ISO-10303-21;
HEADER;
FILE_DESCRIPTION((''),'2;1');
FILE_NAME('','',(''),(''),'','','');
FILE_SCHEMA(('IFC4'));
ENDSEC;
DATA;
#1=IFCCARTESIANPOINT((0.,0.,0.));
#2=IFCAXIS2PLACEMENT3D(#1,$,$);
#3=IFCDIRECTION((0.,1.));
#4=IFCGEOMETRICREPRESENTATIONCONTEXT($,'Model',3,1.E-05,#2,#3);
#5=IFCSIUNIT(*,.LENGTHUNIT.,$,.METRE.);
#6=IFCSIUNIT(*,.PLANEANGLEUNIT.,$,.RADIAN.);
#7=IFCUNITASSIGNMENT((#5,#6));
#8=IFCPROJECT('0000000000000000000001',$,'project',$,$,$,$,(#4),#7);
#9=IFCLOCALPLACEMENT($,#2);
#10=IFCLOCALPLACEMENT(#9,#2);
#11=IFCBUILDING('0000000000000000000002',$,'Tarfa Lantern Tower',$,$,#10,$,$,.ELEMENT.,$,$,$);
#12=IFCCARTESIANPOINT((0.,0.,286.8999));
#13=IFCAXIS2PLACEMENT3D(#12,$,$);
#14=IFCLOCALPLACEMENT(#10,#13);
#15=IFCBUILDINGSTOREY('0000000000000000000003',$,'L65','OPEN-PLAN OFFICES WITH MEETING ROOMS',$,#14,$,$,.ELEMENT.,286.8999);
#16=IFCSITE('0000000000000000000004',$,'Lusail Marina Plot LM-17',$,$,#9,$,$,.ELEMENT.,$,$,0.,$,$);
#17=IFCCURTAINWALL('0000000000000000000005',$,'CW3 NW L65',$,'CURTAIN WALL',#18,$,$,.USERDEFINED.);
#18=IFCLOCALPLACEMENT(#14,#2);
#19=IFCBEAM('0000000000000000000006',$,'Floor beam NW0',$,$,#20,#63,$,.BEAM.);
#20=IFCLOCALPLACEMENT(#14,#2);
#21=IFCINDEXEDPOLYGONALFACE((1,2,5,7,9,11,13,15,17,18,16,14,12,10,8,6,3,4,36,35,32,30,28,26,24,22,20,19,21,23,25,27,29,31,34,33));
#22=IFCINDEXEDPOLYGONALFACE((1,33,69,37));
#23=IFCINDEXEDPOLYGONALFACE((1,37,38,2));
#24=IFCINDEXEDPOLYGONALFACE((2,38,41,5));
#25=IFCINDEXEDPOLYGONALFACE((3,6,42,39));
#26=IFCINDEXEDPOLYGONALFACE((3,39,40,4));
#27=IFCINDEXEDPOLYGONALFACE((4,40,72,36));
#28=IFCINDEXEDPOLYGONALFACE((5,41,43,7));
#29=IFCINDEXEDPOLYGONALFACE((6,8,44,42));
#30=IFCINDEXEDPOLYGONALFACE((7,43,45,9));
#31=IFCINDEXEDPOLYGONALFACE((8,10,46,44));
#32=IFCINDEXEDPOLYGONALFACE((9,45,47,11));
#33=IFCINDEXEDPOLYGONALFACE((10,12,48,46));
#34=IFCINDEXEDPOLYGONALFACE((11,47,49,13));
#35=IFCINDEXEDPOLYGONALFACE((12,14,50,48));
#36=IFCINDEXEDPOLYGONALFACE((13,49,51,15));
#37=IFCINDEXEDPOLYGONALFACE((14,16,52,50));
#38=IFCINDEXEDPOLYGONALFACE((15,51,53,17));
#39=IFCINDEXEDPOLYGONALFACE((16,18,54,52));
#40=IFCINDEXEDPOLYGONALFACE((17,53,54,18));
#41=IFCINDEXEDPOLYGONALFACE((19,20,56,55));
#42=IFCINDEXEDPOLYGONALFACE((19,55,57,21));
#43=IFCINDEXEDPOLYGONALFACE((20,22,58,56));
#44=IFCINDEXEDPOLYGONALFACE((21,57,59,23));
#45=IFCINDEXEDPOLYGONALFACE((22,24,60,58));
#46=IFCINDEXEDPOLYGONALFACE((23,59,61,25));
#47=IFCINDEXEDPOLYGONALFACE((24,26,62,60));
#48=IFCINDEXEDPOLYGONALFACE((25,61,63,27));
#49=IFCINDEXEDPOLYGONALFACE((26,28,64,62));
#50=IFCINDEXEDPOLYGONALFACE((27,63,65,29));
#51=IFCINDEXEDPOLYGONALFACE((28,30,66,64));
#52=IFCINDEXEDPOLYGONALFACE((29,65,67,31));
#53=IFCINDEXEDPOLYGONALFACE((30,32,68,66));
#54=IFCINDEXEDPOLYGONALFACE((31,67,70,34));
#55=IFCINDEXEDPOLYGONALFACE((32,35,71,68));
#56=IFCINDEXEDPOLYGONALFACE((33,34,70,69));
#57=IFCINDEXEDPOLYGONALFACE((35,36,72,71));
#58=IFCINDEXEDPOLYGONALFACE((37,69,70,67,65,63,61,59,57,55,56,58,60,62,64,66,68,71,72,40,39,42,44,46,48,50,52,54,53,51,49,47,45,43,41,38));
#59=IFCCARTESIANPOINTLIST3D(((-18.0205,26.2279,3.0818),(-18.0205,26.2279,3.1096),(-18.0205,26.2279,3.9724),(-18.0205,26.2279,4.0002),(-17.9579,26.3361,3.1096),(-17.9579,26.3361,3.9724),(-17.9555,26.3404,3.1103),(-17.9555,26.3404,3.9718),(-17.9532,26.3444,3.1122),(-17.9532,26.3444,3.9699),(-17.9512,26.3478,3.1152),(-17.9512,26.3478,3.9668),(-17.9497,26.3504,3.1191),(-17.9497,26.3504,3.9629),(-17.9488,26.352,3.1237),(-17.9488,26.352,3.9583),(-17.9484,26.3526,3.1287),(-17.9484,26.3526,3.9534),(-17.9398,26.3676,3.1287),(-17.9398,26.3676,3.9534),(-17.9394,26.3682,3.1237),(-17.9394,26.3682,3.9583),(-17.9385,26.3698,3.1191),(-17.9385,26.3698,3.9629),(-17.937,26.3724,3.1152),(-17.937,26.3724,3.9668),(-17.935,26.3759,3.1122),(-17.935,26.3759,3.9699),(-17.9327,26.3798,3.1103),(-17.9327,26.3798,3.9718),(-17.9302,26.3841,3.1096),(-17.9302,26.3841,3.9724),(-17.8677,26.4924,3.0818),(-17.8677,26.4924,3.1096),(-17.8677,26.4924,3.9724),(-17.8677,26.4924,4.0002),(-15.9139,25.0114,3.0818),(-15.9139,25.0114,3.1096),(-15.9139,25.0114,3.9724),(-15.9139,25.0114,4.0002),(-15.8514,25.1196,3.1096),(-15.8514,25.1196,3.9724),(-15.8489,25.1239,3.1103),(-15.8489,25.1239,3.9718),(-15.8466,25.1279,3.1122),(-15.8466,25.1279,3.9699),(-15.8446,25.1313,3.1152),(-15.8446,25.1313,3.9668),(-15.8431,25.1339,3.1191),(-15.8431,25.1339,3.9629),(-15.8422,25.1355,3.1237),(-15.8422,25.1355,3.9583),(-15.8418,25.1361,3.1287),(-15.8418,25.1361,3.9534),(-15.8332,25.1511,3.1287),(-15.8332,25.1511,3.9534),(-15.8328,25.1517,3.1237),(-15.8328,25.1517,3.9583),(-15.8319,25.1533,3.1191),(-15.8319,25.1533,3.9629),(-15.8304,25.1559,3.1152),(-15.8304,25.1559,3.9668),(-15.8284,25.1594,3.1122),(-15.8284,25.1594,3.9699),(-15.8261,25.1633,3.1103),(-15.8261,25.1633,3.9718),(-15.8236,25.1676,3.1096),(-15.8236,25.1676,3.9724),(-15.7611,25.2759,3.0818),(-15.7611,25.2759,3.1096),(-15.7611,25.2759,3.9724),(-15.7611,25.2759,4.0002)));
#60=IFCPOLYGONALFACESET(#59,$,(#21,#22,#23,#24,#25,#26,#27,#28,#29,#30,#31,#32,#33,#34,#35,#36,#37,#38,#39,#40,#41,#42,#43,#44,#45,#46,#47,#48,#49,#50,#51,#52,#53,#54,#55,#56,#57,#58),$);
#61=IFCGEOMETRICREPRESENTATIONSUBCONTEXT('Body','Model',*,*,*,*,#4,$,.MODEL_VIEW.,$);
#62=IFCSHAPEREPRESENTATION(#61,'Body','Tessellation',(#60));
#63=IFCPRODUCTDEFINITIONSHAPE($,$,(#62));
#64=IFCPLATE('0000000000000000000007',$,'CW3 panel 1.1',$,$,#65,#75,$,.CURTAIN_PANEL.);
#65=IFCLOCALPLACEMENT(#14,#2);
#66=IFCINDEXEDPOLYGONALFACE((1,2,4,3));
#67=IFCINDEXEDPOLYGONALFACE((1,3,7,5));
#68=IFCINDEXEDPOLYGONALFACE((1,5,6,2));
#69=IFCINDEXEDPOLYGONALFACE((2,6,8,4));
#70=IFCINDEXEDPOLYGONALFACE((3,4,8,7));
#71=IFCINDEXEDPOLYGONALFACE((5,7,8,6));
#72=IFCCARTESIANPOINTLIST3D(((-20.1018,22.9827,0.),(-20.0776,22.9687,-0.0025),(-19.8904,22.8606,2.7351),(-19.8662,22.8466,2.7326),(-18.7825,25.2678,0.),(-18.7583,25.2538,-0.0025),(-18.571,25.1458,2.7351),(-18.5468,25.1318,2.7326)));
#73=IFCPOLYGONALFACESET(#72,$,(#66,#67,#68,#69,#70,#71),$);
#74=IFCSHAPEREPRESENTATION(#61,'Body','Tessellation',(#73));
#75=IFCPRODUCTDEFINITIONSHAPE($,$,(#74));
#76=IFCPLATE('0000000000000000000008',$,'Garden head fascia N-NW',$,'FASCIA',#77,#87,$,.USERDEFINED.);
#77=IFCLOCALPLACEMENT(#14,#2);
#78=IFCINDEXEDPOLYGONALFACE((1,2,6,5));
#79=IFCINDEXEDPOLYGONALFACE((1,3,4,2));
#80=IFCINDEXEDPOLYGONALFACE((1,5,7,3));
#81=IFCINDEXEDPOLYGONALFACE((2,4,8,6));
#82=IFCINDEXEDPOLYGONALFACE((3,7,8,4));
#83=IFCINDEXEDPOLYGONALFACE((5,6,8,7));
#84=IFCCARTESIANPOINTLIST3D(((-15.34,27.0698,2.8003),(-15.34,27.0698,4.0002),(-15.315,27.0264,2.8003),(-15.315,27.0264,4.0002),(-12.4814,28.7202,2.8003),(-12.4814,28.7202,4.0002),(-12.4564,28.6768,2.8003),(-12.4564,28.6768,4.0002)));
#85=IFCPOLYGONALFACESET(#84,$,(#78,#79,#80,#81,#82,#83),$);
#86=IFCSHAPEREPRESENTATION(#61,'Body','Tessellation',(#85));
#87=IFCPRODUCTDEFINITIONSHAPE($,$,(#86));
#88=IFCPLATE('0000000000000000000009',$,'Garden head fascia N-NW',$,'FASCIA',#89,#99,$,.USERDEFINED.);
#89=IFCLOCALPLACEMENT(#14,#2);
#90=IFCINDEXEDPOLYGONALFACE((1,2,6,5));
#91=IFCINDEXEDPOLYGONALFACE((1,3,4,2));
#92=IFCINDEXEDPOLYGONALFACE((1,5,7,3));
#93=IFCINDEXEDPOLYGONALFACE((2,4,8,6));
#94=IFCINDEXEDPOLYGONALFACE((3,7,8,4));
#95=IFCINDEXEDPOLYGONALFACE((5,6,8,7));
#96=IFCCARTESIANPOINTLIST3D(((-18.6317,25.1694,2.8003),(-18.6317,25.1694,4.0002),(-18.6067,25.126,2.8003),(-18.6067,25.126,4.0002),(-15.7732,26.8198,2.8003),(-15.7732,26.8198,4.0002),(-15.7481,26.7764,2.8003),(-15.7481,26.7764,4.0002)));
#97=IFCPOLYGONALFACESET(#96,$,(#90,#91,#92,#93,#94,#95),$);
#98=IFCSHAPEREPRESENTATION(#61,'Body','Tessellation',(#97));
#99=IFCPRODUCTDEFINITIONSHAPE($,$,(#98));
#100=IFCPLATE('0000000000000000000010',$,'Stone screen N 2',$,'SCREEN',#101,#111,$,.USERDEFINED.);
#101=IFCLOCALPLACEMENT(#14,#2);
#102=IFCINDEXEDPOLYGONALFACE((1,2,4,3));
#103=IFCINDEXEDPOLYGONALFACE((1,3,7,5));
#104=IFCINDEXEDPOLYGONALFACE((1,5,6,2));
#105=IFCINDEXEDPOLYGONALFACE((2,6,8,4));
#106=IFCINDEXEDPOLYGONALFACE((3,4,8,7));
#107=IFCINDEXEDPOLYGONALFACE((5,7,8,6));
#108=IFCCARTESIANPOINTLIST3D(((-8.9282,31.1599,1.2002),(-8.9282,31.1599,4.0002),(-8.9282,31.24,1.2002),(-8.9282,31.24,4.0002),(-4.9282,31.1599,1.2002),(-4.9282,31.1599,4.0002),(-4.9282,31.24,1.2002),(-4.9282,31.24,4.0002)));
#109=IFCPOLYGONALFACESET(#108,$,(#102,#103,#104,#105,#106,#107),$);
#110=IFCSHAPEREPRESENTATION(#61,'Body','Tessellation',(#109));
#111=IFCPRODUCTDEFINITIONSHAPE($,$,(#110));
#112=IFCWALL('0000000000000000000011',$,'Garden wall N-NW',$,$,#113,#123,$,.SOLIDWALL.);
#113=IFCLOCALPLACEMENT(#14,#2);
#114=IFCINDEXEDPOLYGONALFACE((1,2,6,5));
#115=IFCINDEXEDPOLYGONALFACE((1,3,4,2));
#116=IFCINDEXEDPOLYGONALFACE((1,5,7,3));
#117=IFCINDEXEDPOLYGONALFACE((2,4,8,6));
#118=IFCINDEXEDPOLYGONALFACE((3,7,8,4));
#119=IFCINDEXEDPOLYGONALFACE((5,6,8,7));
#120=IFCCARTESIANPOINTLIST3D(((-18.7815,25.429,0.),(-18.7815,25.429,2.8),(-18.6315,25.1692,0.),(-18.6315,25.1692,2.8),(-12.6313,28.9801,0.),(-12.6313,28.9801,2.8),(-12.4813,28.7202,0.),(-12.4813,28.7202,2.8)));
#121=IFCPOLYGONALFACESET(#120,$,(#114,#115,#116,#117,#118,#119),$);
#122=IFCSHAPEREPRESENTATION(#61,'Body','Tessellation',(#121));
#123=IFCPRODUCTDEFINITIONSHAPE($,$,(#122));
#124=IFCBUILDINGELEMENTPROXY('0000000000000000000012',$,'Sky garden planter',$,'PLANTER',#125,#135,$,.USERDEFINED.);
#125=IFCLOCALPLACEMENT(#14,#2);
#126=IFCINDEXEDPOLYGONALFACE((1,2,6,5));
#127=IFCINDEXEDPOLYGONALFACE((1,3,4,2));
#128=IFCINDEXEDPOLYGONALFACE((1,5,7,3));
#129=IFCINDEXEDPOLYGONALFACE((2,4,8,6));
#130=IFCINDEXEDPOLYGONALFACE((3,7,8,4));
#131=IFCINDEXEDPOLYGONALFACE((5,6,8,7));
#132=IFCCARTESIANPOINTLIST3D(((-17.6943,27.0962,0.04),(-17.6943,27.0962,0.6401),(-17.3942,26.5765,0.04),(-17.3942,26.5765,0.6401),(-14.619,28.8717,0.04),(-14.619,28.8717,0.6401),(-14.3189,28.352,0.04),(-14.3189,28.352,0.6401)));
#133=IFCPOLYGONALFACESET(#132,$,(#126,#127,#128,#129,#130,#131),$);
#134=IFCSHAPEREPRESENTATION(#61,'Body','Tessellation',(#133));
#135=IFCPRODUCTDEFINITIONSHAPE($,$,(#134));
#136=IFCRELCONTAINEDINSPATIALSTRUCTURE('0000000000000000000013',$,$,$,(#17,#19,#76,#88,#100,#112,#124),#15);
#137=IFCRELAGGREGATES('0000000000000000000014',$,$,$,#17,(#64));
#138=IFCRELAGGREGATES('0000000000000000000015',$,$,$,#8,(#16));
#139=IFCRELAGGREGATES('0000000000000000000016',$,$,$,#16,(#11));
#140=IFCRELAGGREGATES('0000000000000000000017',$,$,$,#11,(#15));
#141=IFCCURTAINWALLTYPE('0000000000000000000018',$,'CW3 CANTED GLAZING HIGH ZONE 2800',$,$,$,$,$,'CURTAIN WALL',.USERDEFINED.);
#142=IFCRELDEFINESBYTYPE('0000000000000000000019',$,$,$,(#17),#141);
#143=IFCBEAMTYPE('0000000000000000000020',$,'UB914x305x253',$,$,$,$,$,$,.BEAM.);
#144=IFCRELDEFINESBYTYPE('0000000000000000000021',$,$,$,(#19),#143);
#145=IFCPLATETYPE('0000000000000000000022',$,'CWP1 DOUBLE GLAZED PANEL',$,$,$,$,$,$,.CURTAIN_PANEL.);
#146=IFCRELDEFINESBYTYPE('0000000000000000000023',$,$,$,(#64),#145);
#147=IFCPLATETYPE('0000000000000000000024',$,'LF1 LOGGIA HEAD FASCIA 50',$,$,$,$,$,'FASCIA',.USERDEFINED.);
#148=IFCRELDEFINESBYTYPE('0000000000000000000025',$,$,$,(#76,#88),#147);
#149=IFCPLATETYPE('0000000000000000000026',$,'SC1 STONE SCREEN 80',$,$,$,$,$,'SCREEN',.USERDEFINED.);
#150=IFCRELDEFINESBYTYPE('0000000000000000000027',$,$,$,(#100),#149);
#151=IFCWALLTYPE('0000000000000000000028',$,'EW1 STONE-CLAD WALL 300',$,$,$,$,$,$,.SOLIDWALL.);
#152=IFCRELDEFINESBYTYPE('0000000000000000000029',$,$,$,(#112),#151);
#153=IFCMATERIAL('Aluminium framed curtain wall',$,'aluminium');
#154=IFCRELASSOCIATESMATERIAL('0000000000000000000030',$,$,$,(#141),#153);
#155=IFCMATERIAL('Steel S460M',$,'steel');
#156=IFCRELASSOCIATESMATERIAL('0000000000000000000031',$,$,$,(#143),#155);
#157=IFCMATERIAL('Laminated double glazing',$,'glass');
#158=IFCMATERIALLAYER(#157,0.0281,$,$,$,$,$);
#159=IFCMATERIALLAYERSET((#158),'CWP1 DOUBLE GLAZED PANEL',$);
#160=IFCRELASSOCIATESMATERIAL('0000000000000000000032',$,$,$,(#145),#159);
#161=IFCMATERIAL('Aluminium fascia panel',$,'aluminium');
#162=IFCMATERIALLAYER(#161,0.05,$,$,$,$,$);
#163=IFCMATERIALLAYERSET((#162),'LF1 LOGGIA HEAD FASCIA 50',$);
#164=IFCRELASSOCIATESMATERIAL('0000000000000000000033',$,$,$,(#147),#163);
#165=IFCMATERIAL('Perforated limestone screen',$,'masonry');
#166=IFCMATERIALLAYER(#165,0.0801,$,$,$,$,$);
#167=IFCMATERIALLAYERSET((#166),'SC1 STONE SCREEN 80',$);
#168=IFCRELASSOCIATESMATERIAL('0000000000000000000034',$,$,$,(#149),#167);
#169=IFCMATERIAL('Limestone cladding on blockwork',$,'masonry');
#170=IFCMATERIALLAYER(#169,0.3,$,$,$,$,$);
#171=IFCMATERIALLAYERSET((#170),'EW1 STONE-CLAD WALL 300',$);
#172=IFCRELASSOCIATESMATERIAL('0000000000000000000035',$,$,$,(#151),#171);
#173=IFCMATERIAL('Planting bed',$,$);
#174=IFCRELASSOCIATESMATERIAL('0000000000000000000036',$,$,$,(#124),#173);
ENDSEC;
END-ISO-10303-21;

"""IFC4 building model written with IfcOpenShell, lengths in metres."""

from ifc_helpers import new_model, si_unit, direction, frame, frame_2d, origin, origin_2d, place, context, subcontext, project, spatial, polyline, rectangle, i_section, outline, extrude, material, layer, layer_set, material_profile, profile_set, type_object, element, aggregate, save


model = new_model("IFC4")

# Units and contexts
model_context = context("Model", 3, precision=1e-05, world=origin(), true_north=direction((0.0, 1.0)))
body_context = subcontext(model_context, "Body", "Model", "MODEL_VIEW")
ifc_project = project(units=[si_unit("LENGTHUNIT", "METRE"), si_unit("PLANEANGLEUNIT", "RADIAN")], contexts=[model_context])

# Site, building, storey
site_placement = place(None, origin())
site = spatial("IfcSite", under=ifc_project, at=site_placement, Name="Lusail Marina Plot LM-17", CompositionType="ELEMENT", RefElevation=0.0)
building_placement = place(site_placement, origin())
building = spatial("IfcBuilding", under=site, at=building_placement, Name="Tarfa Lantern Tower", CompositionType="ELEMENT")
storey_placement = place(building_placement, frame((0.0, 0.0, 286.8999)))
storey = spatial("IfcBuildingStorey", under=building, at=storey_placement, Name="L65", Description="OPEN-PLAN OFFICES WITH MEETING ROOMS", CompositionType="ELEMENT", Elevation=286.8999)

# Curtain wall
ifc_material_1 = material(Name="Aluminium framed curtain wall", Category="aluminium")
curtain_wall_type = type_object("IfcCurtainWallType", Name="CW3 CANTED GLAZING HIGH ZONE 2800", ElementType="CURTAIN WALL", PredefinedType="USERDEFINED", material=ifc_material_1)
curtain_wall_placement = place(storey_placement, origin())
curtain_wall = element("IfcCurtainWall", 1, at=curtain_wall_placement, inside=storey, type_object=curtain_wall_type, Name="CW3 NW L65", ObjectType="CURTAIN WALL", PredefinedType="USERDEFINED")

# Beam
ifc_material_2 = material(Name="Steel S460M", Category="steel")
ifc_material_profile_1 = material_profile(ifc_material_2, i_section(OverallWidth=0.3054, OverallDepth=0.9185, WebThickness=0.0173, FlangeThickness=0.0278, FilletRadius=0.019, at=origin_2d()), Name="UB914x305x253")
ifc_profile_set_1 = profile_set([ifc_material_profile_1], Name="Steel S460M")
beam_type_1 = type_object("IfcBeamType", Name="UB914x305x253", PredefinedType="BEAM", material=ifc_profile_set_1)
beam_1_placement = place(storey_placement, frame((-17.9441, 26.3601, 3.541), z_axis=(0.86598, -0.500079, 0.0), x_axis=(0.500079, 0.86598, 0.0)))
element("IfcBeam", 2, at=beam_1_placement, inside=storey, type_object=beam_type_1, Name="Floor beam NW0", PredefinedType="BEAM", context=body_context, shape_type="SweptSolid", body=[
    extrude(i_section(OverallWidth=0.3054, OverallDepth=0.9185, WebThickness=0.0173, FlangeThickness=0.0278, FilletRadius=0.019, at=origin_2d()), origin(), (0.0, 0.0, 1.0), 2.4326),
])

# Plate
ifc_material_3 = material(Name="Laminated double glazing", Category="glass")
ifc_layer_1 = layer(ifc_material_3, 0.0281)
ifc_layer_set_1 = layer_set([ifc_layer_1], Name="CWP1 DOUBLE GLAZED PANEL")
plate_type_1 = type_object("IfcPlateType", Name="CWP1 DOUBLE GLAZED PANEL", PredefinedType="CURTAIN_PANEL", material=ifc_layer_set_1)
plate_1_placement = place(storey_placement, frame((-18.7825, 25.2678, 0.0), z_axis=(-0.862596, 0.49802, 0.088906), x_axis=(-0.5, -0.866025, 0.0)))
plate_1 = element("IfcPlate", 3, at=plate_1_placement, type_object=plate_type_1, Name="CW3 panel 1.1", PredefinedType="CURTAIN_PANEL", context=body_context, shape_type="SweptSolid", body=[
    extrude(outline(polyline([(0.0, 0.0), (2.6387, 0.0), (2.6387, 2.746), (0.0, 2.746), (0.0, 0.0)])), origin(), (0.0, 0.0, -1.0), 0.0281),
])
aggregate(curtain_wall, [plate_1])

# Plates
ifc_material_4 = material(Name="Aluminium fascia panel", Category="aluminium")
ifc_layer_2 = layer(ifc_material_4, 0.05)
ifc_layer_set_2 = layer_set([ifc_layer_2], Name="LF1 LOGGIA HEAD FASCIA 50")
plate_type_2 = type_object("IfcPlateType", Name="LF1 LOGGIA HEAD FASCIA 50", ElementType="FASCIA", PredefinedType="USERDEFINED", material=ifc_layer_set_2)
for number, where, z_axis, x_axis, name in (
    (4, (-13.8982, 27.8733, 2.8003), (0.0, 0.0, 1.0), (-0.866025, -0.5, 0.0), "Garden head fascia N-NW"),
    (5, (-17.1899, 25.9729, 2.8003), (0.0, 0.0, 1.0), (-0.866025, -0.5, 0.0), "Garden head fascia N-NW"),
):
    element("IfcPlate", number, at=place(storey_placement, frame(where, z_axis=z_axis, x_axis=x_axis)), inside=storey, type_object=plate_type_2, Name=name, ObjectType="FASCIA", PredefinedType="USERDEFINED", context=body_context, shape_type="SweptSolid", body=[
        extrude(rectangle(XDim=3.3008, YDim=0.05, at=origin_2d()), origin(), (0.0, 0.0, 1.0), 1.2),
    ])
ifc_material_5 = material(Name="Perforated limestone screen", Category="masonry")
ifc_layer_3 = layer(ifc_material_5, 0.0801)
ifc_layer_set_3 = layer_set([ifc_layer_3], Name="SC1 STONE SCREEN 80")
plate_type_3 = type_object("IfcPlateType", Name="SC1 STONE SCREEN 80", ElementType="SCREEN", PredefinedType="USERDEFINED", material=ifc_layer_set_3)
plate_2_placement = place(storey_placement, frame((-6.9282, 31.2, 1.2002), z_axis=(0.0, 0.0, 1.0), x_axis=(-1.0, 0.0, 0.0)))
element("IfcPlate", 6, at=plate_2_placement, inside=storey, type_object=plate_type_3, Name="Stone screen N 2", ObjectType="SCREEN", PredefinedType="USERDEFINED", context=body_context, shape_type="SweptSolid", body=[
    extrude(rectangle(XDim=4.0, YDim=0.0801, at=origin_2d()), origin(), (0.0, 0.0, 1.0), 2.8),
])

# Wall
ifc_material_6 = material(Name="Limestone cladding on blockwork", Category="masonry")
ifc_layer_4 = layer(ifc_material_6, 0.3)
ifc_layer_set_4 = layer_set([ifc_layer_4], Name="EW1 STONE-CLAD WALL 300")
wall_type = type_object("IfcWallType", Name="EW1 STONE-CLAD WALL 300", PredefinedType="SOLIDWALL", material=ifc_layer_set_4)
wall_placement = place(storey_placement, frame((-12.5564, 28.8501, 0.0), z_axis=(0.0, 0.0, 1.0), x_axis=(-0.866011, -0.500025, 0.0)))
element("IfcWall", 7, at=wall_placement, inside=storey, type_object=wall_type, Name="Garden wall N-NW", PredefinedType="SOLIDWALL", context=body_context, shape_type="SweptSolid", body=[
    extrude(rectangle(XDim=7.1018, YDim=0.3, at=frame_2d((3.5508, 0.0))), origin(), (0.0, 0.0, 1.0), 2.8),
])

# Building element proxy
ifc_material_7 = material(Name="Planting bed")
proxy_placement = place(storey_placement, frame((-16.0066, 27.7241, 0.04), z_axis=(0.0, 0.0, 1.0), x_axis=(-0.866025, -0.5, 0.0)))
element("IfcBuildingElementProxy", 8, at=proxy_placement, inside=storey, material=ifc_material_7, Name="Sky garden planter", ObjectType="PLANTER", PredefinedType="USERDEFINED", context=body_context, shape_type="SweptSolid", body=[
    extrude(rectangle(XDim=3.551, YDim=0.6001, at=origin_2d()), origin(), (0.0, 0.0, 1.0), 0.6001),
])

save(model, "model.ifc")
